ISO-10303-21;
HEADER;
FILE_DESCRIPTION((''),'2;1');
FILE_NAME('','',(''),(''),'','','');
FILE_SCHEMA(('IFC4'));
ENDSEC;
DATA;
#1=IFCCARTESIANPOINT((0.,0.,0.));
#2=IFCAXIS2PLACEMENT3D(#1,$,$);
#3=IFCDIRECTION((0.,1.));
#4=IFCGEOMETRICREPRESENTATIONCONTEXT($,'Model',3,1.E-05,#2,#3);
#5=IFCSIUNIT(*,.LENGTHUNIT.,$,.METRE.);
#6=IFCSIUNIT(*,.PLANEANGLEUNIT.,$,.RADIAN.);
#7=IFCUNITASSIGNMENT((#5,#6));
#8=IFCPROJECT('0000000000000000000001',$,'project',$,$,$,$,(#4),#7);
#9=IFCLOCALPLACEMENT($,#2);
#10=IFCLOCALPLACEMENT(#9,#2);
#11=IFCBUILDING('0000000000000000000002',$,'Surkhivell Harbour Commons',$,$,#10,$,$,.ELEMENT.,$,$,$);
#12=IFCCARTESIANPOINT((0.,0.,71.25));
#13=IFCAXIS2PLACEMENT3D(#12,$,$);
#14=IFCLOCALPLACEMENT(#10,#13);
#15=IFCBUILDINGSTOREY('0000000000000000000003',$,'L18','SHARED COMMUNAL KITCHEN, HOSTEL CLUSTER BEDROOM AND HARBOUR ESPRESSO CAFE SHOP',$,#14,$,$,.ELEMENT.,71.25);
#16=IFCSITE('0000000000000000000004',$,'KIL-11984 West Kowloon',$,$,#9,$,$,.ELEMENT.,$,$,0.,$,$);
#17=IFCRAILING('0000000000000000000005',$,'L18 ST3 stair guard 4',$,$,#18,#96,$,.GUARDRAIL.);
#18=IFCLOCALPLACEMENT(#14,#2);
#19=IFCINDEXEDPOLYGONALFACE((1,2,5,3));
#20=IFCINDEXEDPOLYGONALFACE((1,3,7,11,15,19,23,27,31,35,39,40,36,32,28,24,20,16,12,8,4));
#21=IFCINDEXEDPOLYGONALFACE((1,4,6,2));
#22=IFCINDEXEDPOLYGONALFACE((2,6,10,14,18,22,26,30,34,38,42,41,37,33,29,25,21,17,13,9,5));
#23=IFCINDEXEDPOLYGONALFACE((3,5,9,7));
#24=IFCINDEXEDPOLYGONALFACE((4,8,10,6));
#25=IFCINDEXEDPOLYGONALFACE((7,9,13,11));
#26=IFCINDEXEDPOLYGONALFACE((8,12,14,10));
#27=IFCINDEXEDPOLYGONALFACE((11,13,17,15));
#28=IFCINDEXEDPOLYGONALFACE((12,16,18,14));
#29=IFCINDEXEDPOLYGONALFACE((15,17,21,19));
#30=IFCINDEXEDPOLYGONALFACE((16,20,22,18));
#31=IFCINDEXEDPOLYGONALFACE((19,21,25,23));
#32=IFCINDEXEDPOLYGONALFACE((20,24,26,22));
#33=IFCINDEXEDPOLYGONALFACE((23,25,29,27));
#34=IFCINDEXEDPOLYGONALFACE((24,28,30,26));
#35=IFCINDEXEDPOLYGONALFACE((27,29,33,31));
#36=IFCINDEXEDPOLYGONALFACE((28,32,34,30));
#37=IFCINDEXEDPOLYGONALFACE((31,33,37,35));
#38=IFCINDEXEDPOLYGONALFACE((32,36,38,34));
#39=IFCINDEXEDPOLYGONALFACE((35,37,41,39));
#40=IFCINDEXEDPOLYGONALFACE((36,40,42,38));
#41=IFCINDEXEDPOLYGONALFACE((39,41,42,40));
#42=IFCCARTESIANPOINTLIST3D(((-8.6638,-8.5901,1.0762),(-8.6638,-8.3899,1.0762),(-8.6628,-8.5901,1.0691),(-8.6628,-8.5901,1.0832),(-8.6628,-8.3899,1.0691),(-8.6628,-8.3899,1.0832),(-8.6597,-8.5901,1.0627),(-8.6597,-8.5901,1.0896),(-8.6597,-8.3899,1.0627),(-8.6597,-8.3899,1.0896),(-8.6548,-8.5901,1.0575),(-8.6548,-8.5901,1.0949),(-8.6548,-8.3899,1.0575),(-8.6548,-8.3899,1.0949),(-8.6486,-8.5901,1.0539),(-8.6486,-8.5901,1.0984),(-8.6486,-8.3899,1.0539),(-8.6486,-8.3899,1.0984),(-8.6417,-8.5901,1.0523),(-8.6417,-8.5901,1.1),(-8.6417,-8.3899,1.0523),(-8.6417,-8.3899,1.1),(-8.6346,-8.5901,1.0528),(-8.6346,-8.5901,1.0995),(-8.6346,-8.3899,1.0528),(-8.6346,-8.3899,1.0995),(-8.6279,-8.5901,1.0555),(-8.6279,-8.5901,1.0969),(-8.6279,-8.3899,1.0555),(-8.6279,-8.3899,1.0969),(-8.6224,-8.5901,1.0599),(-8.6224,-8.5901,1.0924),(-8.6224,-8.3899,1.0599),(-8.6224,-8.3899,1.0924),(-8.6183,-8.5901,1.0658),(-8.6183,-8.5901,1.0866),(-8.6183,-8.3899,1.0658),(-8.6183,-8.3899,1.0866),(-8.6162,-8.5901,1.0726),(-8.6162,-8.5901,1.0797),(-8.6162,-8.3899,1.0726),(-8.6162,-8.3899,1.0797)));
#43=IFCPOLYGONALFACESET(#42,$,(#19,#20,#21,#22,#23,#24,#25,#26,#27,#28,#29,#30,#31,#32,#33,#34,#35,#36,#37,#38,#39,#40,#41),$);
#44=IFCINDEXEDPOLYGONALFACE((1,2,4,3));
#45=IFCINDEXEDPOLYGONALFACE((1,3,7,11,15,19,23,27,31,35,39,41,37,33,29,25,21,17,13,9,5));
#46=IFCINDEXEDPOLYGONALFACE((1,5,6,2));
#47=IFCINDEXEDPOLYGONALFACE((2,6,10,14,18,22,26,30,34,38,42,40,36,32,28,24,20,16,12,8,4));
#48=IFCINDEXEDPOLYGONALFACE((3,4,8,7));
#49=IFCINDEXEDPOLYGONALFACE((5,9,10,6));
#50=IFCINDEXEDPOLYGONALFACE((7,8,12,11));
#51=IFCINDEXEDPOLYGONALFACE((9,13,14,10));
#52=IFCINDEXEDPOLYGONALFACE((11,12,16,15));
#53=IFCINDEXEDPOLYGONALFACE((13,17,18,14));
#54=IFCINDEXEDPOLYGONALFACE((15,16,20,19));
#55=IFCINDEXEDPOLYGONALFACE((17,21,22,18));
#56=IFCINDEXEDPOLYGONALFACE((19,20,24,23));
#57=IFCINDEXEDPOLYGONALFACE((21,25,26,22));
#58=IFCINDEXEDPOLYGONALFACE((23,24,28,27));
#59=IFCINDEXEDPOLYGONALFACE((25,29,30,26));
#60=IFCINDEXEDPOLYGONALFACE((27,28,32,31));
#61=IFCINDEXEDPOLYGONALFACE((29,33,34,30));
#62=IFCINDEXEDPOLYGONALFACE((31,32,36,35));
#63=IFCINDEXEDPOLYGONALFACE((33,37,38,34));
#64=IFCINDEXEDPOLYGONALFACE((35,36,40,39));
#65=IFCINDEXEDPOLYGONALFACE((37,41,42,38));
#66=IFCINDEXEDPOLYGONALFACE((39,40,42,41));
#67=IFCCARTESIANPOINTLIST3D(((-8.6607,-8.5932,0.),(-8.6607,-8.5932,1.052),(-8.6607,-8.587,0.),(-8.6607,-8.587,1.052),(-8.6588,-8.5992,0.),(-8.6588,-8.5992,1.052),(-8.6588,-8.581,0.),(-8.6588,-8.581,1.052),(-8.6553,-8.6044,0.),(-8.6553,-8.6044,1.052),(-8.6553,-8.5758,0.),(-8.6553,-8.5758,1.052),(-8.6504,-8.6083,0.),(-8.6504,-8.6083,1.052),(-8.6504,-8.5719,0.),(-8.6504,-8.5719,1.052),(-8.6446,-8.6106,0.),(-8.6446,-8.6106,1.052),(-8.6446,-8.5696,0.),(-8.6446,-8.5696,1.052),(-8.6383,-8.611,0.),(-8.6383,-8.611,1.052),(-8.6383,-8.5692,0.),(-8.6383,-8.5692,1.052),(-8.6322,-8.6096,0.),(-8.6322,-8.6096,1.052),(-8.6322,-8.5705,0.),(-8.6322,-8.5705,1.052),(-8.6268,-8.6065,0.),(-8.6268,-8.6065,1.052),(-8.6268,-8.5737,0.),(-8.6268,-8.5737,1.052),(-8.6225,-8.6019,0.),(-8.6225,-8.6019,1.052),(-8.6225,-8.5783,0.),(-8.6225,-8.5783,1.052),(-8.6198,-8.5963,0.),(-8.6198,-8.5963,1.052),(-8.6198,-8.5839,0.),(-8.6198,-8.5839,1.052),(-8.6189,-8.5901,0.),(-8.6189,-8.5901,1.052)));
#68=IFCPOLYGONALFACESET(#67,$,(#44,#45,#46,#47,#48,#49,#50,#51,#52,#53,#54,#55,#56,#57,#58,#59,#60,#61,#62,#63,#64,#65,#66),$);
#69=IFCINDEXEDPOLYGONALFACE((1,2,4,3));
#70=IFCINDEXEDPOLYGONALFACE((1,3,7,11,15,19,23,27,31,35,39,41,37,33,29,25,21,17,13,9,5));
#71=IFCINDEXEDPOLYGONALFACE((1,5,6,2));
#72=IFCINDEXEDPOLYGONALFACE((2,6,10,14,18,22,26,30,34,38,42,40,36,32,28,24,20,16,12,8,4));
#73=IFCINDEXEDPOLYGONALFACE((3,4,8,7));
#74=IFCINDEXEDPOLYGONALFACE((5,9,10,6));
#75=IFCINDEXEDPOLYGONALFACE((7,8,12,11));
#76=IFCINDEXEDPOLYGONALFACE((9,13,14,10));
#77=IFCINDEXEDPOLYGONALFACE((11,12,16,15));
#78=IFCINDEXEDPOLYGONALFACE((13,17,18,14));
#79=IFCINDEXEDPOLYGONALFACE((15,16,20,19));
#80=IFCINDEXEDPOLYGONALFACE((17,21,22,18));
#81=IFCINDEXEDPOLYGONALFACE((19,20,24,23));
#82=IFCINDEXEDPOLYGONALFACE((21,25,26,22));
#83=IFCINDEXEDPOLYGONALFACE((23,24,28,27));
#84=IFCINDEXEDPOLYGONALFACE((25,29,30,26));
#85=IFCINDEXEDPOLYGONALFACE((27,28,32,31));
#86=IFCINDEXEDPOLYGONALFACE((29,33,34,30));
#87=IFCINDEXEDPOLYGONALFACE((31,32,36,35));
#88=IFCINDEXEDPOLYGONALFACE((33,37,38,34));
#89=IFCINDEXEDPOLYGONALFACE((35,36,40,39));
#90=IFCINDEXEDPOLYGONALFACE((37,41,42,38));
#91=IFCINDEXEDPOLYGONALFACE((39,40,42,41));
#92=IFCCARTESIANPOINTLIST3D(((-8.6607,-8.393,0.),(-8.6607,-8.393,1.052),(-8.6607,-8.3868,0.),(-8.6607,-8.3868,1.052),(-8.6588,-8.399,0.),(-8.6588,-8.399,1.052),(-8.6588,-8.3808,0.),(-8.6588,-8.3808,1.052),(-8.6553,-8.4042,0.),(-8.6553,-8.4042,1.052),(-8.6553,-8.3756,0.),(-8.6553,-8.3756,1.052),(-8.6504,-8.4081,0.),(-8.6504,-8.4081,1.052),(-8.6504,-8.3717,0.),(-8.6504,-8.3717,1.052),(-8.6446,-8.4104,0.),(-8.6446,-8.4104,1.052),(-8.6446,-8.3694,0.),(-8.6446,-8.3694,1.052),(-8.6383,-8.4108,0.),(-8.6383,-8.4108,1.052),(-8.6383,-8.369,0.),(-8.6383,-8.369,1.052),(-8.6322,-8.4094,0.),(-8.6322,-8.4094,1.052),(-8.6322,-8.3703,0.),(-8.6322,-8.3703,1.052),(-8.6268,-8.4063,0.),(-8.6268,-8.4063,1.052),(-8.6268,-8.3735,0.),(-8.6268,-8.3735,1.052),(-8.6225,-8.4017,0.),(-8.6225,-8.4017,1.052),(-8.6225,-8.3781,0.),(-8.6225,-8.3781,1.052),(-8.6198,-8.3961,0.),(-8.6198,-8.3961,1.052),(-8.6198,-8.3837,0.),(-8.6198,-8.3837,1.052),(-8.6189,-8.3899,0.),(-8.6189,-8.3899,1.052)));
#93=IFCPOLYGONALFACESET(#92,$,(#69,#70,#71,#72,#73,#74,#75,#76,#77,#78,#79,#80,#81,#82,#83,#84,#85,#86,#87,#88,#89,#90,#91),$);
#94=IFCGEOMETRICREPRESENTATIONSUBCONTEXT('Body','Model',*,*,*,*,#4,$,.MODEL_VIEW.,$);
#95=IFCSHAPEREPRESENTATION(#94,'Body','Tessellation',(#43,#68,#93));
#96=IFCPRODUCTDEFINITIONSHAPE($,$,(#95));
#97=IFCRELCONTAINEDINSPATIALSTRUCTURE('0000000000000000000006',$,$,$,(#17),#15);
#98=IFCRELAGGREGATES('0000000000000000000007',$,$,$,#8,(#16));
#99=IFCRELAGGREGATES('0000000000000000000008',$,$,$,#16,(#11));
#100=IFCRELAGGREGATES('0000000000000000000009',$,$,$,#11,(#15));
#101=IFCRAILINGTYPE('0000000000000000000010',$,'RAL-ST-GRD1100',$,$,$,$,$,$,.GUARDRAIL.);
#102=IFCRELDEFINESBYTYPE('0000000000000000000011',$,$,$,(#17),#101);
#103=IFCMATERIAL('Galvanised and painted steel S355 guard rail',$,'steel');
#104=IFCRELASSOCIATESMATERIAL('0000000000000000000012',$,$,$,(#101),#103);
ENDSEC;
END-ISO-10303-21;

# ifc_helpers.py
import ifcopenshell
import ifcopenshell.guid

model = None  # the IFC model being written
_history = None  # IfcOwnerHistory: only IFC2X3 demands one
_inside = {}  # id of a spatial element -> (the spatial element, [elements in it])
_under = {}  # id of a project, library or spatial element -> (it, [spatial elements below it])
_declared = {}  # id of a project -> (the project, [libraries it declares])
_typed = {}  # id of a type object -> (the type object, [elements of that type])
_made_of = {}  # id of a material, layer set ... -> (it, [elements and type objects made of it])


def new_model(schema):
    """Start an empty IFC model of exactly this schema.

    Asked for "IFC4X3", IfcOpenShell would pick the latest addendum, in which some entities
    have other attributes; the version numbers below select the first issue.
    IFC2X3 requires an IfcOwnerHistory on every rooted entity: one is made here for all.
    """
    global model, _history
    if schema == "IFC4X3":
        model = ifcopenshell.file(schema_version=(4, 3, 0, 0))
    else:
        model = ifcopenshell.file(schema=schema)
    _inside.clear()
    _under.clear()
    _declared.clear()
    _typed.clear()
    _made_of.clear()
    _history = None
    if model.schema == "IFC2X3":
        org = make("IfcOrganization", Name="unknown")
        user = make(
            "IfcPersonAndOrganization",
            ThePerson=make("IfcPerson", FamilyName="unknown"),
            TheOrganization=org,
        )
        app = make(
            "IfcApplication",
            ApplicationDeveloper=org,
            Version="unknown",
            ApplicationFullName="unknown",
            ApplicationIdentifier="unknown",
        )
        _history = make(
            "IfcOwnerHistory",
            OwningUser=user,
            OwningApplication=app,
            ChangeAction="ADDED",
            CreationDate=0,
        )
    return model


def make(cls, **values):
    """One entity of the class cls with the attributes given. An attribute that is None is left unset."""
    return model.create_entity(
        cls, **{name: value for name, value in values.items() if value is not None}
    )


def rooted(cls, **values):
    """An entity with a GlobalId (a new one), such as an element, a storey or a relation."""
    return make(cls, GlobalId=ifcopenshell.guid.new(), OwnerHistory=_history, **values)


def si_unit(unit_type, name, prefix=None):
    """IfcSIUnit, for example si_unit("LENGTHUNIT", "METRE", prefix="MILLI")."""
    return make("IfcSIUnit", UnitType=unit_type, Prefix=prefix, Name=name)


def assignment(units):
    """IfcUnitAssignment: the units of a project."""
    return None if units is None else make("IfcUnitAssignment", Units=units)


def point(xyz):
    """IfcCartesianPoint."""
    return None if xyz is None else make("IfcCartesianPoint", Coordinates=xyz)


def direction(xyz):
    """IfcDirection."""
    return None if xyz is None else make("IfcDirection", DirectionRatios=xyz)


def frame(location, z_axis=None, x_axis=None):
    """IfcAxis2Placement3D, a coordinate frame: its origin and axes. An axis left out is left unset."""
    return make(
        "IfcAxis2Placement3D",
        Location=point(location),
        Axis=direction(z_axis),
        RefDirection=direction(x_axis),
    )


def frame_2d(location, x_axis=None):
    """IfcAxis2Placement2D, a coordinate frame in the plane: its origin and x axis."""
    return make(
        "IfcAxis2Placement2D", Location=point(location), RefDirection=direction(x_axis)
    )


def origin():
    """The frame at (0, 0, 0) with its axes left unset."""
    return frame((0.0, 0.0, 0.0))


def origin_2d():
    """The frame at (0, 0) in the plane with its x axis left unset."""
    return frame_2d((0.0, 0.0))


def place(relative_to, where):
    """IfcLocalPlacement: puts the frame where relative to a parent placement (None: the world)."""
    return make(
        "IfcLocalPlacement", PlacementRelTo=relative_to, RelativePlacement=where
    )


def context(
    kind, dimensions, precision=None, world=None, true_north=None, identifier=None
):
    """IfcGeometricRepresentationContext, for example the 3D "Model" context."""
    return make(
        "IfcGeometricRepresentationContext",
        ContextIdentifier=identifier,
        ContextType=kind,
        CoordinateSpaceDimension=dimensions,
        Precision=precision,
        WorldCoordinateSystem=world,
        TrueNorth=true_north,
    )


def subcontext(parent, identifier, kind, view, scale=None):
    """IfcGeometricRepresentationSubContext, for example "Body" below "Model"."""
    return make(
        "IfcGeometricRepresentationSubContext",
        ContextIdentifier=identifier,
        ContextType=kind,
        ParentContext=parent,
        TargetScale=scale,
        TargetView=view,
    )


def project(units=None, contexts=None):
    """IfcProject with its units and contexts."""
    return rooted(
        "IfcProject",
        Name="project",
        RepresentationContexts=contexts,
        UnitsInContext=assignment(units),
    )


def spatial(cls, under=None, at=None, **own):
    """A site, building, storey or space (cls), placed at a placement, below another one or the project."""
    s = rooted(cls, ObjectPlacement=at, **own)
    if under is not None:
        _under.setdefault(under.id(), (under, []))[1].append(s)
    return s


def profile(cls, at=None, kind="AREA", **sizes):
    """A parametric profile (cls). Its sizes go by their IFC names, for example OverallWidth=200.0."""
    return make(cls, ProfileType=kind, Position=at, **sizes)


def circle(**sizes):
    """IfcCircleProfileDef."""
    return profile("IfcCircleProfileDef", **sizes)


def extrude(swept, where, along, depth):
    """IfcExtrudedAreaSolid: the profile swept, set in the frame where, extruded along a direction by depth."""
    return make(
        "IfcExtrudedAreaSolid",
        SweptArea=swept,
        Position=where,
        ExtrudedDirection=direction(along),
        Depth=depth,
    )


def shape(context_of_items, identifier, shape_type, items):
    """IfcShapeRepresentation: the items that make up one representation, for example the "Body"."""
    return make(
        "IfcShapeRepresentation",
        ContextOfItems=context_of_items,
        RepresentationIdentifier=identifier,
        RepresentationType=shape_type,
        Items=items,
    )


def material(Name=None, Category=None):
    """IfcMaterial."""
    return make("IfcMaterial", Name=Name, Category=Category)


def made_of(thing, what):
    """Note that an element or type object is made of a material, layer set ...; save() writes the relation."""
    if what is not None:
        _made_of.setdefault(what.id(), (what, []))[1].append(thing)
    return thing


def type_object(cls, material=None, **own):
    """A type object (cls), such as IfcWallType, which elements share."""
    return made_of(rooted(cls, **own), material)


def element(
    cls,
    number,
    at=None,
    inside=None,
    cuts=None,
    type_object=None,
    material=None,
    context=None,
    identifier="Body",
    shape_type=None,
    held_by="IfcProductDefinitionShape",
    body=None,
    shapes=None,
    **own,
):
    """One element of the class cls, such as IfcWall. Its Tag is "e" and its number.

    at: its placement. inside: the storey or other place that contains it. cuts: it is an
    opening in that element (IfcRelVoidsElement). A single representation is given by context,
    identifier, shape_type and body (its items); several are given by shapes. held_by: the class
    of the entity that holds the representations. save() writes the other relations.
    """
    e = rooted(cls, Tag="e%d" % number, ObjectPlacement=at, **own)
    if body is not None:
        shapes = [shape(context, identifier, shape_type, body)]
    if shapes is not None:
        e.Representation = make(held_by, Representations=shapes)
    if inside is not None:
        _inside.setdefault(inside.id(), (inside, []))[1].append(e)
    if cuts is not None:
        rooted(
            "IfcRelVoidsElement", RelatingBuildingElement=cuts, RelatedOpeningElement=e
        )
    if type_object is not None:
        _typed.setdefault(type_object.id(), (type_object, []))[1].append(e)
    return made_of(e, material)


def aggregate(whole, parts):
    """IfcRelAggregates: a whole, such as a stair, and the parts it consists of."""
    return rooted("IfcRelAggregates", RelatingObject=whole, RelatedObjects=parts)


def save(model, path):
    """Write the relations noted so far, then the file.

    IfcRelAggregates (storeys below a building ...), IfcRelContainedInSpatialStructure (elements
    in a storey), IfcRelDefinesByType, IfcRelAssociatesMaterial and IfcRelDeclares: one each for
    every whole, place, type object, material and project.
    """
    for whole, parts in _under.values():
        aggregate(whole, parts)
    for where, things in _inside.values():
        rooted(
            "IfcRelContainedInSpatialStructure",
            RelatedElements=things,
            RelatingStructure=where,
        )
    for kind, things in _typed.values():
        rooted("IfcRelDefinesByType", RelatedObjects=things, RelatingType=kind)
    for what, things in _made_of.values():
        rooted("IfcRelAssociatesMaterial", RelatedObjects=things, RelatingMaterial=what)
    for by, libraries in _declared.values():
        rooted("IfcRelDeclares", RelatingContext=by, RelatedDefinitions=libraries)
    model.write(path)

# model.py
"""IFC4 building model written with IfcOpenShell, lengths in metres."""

from ifc_helpers import new_model, si_unit, direction, frame, origin, origin_2d, place, context, subcontext, project, spatial, circle, extrude, material, type_object, element, save


model = new_model("IFC4")

# Units and contexts
model_context = context("Model", 3, precision=1e-05, world=origin(), true_north=direction((0.0, 1.0)))
body_context = subcontext(model_context, "Body", "Model", "MODEL_VIEW")
ifc_project = project(units=[si_unit("LENGTHUNIT", "METRE"), si_unit("PLANEANGLEUNIT", "RADIAN")], contexts=[model_context])

# Site, building, storey
site_placement = place(None, origin())
site = spatial("IfcSite", under=ifc_project, at=site_placement, Name="KIL-11984 West Kowloon", CompositionType="ELEMENT", RefElevation=0.0)
building_placement = place(site_placement, origin())
building = spatial("IfcBuilding", under=site, at=building_placement, Name="Surkhivell Harbour Commons", CompositionType="ELEMENT")
storey_placement = place(building_placement, frame((0.0, 0.0, 71.25)))
storey = spatial("IfcBuildingStorey", under=building, at=storey_placement, Name="L18", Description="SHARED COMMUNAL KITCHEN, HOSTEL CLUSTER BEDROOM AND HARBOUR ESPRESSO CAFE SHOP", CompositionType="ELEMENT", Elevation=71.25)

# Railing
ifc_material_1 = material(Name="Galvanised and painted steel S355 guard rail", Category="steel")
railing_type_1 = type_object("IfcRailingType", Name="RAL-ST-GRD1100", PredefinedType="GUARDRAIL", material=ifc_material_1)
railing_1_placement = place(storey_placement, frame((-8.6399, -8.5901, 0.0)))
element("IfcRailing", 1, at=railing_1_placement, inside=storey, type_object=railing_type_1, Name="L18 ST3 stair guard 4", PredefinedType="GUARDRAIL", context=body_context, shape_type="SweptSolid", body=[
    extrude(circle(Radius=0.0239, at=origin_2d()), frame((0.0, 0.0, 1.0762), z_axis=(0.0, 1.0, 0.0), x_axis=(-1.0, 0.0, 0.0)), (0.0, 0.0, 1.0), 0.2002),
    extrude(circle(Radius=0.021, at=origin_2d()), origin(), (0.0, 0.0, 1.0), 1.052),
    extrude(circle(Radius=0.021, at=origin_2d()), frame((0.0, 0.2002, 0.0)), (0.0, 0.0, 1.0), 1.052),
])

save(model, "model.ifc")
